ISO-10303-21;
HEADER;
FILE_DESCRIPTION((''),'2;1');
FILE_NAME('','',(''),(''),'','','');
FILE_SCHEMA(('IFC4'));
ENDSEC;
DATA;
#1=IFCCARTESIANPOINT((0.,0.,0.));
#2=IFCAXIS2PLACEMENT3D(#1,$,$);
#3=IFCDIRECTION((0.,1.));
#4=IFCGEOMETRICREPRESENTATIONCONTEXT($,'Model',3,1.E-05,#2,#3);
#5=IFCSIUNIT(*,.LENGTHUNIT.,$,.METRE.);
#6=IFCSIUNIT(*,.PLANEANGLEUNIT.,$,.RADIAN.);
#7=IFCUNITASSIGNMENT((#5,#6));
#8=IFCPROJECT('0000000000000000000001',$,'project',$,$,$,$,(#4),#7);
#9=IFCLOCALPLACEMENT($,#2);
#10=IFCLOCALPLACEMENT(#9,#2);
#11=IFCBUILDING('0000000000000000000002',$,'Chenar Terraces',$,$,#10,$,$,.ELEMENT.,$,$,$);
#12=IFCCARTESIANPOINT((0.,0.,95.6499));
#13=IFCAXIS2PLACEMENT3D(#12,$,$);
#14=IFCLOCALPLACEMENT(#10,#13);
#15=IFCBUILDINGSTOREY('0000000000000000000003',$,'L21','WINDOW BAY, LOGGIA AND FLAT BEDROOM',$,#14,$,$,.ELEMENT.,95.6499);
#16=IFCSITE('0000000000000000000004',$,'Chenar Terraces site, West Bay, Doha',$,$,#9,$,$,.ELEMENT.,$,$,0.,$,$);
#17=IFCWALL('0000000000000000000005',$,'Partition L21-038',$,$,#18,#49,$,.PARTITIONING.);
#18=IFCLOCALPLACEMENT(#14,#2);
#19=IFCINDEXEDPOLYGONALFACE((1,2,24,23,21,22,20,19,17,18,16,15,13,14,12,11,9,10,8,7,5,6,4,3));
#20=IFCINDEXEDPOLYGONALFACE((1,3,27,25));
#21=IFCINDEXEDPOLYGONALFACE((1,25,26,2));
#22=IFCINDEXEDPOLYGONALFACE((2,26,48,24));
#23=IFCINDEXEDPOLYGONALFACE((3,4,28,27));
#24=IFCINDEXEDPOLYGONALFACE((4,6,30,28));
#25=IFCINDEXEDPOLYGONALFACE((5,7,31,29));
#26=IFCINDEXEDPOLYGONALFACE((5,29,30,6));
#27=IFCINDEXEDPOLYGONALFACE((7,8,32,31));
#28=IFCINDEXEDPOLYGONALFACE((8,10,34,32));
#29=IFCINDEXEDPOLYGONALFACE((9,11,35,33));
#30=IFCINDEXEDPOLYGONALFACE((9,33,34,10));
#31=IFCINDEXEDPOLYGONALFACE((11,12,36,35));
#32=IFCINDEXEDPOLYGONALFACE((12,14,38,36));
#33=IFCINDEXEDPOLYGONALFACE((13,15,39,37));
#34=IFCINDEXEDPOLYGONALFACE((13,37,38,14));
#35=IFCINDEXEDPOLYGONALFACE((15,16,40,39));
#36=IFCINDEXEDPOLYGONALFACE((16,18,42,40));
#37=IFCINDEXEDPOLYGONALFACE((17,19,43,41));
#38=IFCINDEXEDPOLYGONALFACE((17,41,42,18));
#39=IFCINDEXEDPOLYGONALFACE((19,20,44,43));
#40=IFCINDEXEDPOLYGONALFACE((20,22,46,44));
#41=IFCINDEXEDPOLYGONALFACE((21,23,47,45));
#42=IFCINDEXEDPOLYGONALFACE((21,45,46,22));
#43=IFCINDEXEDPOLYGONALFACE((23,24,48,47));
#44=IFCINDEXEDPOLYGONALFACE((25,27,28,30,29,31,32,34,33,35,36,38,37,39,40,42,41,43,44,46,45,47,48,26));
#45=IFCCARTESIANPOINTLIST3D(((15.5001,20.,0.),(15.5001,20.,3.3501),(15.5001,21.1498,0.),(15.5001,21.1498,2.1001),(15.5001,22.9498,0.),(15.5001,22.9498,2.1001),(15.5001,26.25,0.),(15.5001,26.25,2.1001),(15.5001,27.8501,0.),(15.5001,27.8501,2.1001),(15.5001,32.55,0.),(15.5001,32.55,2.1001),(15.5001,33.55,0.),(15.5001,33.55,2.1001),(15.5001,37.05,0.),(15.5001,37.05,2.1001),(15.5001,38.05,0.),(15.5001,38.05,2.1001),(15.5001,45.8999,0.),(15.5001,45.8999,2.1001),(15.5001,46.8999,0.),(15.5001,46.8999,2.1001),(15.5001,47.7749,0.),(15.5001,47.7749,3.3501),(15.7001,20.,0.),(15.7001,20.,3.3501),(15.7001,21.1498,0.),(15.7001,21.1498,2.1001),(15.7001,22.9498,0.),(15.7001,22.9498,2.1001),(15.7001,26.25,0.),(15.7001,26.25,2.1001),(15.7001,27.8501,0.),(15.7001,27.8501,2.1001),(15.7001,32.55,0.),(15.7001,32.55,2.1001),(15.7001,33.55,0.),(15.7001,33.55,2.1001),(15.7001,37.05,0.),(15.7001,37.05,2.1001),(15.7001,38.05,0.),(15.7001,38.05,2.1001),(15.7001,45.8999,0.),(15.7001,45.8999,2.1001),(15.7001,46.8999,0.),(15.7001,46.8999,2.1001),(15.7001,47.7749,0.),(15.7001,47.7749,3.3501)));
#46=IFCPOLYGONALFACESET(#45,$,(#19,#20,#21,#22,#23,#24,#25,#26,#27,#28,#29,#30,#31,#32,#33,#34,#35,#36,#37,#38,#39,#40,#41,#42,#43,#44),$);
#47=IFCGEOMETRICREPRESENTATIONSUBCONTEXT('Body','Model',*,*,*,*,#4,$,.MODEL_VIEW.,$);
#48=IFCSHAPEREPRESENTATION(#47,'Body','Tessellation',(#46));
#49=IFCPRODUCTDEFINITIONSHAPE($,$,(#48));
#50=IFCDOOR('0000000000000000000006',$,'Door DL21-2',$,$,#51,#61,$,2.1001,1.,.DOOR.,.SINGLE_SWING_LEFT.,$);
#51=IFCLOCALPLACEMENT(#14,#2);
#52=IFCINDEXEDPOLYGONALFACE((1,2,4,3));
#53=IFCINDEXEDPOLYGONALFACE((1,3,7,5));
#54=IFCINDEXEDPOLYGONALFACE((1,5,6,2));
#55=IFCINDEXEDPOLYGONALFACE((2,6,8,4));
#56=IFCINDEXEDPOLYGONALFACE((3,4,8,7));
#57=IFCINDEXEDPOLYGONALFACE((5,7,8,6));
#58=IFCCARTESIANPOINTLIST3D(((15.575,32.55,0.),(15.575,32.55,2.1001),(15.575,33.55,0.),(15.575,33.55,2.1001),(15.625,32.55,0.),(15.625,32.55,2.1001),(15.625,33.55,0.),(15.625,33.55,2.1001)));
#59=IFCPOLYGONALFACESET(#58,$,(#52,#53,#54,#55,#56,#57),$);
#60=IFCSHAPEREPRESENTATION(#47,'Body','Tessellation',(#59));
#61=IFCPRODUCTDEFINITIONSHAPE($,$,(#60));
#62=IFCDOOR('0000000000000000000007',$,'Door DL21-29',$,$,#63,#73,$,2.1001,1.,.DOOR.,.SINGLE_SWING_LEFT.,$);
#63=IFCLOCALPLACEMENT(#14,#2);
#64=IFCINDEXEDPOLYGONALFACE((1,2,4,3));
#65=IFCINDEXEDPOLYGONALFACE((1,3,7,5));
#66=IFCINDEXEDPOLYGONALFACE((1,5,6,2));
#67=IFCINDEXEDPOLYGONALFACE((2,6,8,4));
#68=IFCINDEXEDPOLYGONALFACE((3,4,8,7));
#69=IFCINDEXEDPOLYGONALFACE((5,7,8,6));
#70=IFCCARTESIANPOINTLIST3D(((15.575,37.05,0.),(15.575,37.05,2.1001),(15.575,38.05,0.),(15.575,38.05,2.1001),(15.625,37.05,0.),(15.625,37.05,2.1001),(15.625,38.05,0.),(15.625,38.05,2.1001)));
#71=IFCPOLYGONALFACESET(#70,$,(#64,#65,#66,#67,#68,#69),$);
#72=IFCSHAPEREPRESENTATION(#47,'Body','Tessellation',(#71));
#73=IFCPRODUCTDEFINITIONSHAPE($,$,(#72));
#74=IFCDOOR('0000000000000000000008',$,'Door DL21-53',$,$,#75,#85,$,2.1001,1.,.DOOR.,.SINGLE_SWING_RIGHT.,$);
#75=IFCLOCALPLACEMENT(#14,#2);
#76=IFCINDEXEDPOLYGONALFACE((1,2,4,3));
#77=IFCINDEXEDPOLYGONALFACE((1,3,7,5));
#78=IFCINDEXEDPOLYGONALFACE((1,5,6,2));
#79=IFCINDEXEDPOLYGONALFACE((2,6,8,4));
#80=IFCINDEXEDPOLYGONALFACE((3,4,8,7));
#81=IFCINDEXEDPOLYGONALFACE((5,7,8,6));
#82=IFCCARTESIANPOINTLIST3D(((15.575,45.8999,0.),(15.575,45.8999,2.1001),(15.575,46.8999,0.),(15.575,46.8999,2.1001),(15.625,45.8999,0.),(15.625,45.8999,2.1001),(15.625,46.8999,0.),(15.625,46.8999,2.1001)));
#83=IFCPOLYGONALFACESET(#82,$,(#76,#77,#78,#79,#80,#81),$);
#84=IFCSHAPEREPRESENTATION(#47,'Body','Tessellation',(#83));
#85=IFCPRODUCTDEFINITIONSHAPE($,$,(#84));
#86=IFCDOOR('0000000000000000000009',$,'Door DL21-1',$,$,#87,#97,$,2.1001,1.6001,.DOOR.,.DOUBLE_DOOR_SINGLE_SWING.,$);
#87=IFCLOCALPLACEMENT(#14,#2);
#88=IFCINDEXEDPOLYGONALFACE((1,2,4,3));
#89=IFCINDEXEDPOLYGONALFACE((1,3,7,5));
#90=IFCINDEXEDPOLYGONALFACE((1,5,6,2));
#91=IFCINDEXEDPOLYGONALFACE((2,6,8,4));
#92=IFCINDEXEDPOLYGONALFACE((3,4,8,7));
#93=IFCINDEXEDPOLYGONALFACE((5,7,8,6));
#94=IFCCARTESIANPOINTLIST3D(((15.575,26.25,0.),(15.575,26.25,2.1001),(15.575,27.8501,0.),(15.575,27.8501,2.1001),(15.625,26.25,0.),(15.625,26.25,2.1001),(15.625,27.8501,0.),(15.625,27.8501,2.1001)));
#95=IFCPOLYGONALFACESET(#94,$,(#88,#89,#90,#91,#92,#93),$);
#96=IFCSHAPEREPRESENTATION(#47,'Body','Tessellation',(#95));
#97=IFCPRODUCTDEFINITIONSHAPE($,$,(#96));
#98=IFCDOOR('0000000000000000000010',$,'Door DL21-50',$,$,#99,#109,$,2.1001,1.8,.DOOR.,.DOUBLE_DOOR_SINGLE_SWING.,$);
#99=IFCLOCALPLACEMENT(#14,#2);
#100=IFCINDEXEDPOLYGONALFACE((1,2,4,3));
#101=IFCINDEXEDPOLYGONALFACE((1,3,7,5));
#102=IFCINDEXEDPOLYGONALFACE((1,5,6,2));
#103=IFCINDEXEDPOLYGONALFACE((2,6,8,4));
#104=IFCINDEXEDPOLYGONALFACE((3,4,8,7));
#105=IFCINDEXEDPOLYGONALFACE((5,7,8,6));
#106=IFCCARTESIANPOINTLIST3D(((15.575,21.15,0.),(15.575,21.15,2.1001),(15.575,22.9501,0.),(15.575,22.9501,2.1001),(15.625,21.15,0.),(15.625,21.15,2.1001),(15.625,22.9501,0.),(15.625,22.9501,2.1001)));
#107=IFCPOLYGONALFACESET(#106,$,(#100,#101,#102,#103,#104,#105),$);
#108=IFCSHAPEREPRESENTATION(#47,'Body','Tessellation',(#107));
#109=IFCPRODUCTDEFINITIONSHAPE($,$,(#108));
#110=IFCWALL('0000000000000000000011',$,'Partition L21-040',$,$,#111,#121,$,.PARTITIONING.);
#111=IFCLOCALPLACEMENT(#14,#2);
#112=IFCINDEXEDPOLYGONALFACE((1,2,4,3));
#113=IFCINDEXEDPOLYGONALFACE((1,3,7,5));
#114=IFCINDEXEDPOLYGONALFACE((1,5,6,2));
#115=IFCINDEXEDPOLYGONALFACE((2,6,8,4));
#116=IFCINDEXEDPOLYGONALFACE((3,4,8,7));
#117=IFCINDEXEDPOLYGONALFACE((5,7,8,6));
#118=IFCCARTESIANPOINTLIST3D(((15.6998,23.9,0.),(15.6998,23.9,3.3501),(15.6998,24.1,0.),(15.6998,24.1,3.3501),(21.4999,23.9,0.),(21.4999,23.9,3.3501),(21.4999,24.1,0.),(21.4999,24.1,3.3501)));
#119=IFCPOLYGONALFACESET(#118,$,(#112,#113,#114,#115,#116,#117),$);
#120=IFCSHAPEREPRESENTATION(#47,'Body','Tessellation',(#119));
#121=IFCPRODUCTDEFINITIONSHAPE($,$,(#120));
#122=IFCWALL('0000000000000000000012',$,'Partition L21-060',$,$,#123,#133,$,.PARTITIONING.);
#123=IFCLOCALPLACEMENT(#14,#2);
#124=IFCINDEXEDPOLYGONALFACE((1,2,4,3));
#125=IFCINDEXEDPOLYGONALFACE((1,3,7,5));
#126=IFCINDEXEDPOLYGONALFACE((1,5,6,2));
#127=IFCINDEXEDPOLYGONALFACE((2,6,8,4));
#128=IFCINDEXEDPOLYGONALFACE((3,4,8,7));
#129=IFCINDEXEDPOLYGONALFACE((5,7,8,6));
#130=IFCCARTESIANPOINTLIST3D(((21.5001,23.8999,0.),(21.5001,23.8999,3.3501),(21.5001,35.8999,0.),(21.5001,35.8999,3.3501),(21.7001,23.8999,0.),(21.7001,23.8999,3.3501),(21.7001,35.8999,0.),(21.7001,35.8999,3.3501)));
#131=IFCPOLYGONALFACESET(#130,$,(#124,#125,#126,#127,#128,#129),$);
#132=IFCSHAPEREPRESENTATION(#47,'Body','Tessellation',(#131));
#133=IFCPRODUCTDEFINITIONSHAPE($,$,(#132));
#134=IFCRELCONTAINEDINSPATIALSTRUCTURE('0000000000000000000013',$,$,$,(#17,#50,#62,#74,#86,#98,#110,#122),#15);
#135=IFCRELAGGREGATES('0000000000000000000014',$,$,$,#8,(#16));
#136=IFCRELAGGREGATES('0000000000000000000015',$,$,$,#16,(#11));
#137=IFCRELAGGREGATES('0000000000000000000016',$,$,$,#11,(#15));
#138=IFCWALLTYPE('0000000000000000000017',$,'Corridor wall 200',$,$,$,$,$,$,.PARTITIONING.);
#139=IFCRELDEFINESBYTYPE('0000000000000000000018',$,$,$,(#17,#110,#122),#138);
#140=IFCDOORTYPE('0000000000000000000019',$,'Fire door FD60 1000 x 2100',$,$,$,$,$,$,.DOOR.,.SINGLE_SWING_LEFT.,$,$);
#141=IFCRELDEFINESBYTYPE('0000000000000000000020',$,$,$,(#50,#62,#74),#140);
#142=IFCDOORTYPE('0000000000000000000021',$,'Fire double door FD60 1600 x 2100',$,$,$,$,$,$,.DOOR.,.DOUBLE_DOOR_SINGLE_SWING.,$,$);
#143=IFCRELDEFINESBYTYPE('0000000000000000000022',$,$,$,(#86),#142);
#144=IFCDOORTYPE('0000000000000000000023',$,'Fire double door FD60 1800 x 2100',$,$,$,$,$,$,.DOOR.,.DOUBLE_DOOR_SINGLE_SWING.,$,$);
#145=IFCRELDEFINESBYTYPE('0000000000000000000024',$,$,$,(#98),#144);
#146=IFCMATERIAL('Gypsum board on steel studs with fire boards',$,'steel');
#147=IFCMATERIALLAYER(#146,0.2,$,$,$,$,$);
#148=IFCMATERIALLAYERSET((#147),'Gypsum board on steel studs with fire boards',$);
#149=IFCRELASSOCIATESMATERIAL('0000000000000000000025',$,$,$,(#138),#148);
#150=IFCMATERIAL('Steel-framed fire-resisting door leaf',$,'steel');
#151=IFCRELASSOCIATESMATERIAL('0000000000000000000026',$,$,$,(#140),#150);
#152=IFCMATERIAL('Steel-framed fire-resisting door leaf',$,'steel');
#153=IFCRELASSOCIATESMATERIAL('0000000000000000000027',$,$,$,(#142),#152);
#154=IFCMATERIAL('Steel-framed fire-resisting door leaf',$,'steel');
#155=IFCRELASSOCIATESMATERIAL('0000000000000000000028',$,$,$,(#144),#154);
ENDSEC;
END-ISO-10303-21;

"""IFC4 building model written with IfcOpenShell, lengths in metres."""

from ifc_helpers import new_model, si_unit, direction, frame, frame_2d, origin, place, context, subcontext, project, spatial, rectangle, extrude, material, layer, layer_set, type_object, element, fill, save


model = new_model("IFC4")

# Units and contexts
model_context = context("Model", 3, precision=1e-05, world=origin(), true_north=direction((0.0, 1.0)))
body_context = subcontext(model_context, "Body", "Model", "MODEL_VIEW")
ifc_project = project(units=[si_unit("LENGTHUNIT", "METRE"), si_unit("PLANEANGLEUNIT", "RADIAN")], contexts=[model_context])

# Site, building, storey
site_placement = place(None, origin())
site = spatial("IfcSite", under=ifc_project, at=site_placement, Name="Chenar Terraces site, West Bay, Doha", CompositionType="ELEMENT", RefElevation=0.0)
building_placement = place(site_placement, origin())
building = spatial("IfcBuilding", under=site, at=building_placement, Name="Chenar Terraces", CompositionType="ELEMENT")
storey_placement = place(building_placement, frame((0.0, 0.0, 95.6499)))
storey = spatial("IfcBuildingStorey", under=building, at=storey_placement, Name="L21", Description="WINDOW BAY, LOGGIA AND FLAT BEDROOM", CompositionType="ELEMENT", Elevation=95.6499)

# Wall, openings, doors
ifc_material_1 = material(Name="Gypsum board on steel studs with fire boards", Category="steel")
ifc_layer_1 = layer(ifc_material_1, 0.2)
ifc_layer_set_1 = layer_set([ifc_layer_1], Name="Gypsum board on steel studs with fire boards")
wall_type_1 = type_object("IfcWallType", Name="Corridor wall 200", PredefinedType="PARTITIONING", material=ifc_layer_set_1)
wall_1_placement = place(storey_placement, frame((15.6001, 20.0, 0.0), z_axis=(0.0, 0.0, 1.0), x_axis=(0.0, 1.0, 0.0)))
wall_1 = element("IfcWall", 1, at=wall_1_placement, inside=storey, type_object=wall_type_1, Name="Partition L21-038", PredefinedType="PARTITIONING", context=body_context, shape_type="SweptSolid", body=[
    extrude(rectangle(XDim=27.7749, YDim=0.2, at=frame_2d((13.8875, 0.0))), origin(), (0.0, 0.0, 1.0), 3.3501),
])
opening_1_placement = place(wall_1_placement, frame((6.25, 0.0, 0.0)))
opening_1 = element("IfcOpeningElement", 2, at=opening_1_placement, cuts=wall_1, PredefinedType="OPENING", context=body_context, shape_type="SweptSolid", body=[
    extrude(rectangle(XDim=1.6001, YDim=2.1001, at=frame_2d((0.8, 1.05))), frame((0.0, 0.1099, 0.0), z_axis=(0.0, -1.0, 0.0), x_axis=(1.0, 0.0, 0.0)), (0.0, 0.0, 1.0), 0.22),
])
opening_2_placement = place(wall_1_placement, frame((12.55, 0.0, 0.0)))
opening_2 = element("IfcOpeningElement", 3, at=opening_2_placement, cuts=wall_1, PredefinedType="OPENING", context=body_context, shape_type="SweptSolid", body=[
    extrude(rectangle(XDim=1.0, YDim=2.1001, at=frame_2d((0.5, 1.05))), frame((0.0, 0.1099, 0.0), z_axis=(0.0, -1.0, 0.0), x_axis=(1.0, 0.0, 0.0)), (0.0, 0.0, 1.0), 0.22),
])
opening_3_placement = place(wall_1_placement, frame((17.05, 0.0, 0.0)))
opening_3 = element("IfcOpeningElement", 4, at=opening_3_placement, cuts=wall_1, PredefinedType="OPENING", context=body_context, shape_type="SweptSolid", body=[
    extrude(rectangle(XDim=1.0, YDim=2.1001, at=frame_2d((0.5, 1.05))), frame((0.0, 0.1099, 0.0), z_axis=(0.0, -1.0, 0.0), x_axis=(1.0, 0.0, 0.0)), (0.0, 0.0, 1.0), 0.22),
])
opening_4_placement = place(wall_1_placement, frame((1.1499, 0.0, 0.0)))
opening_4 = element("IfcOpeningElement", 5, at=opening_4_placement, cuts=wall_1, PredefinedType="OPENING", context=body_context, shape_type="SweptSolid", body=[
    extrude(rectangle(XDim=1.8, YDim=2.1001, at=frame_2d((0.8999, 1.05))), frame((0.0, 0.1099, 0.0), z_axis=(0.0, -1.0, 0.0), x_axis=(1.0, 0.0, 0.0)), (0.0, 0.0, 1.0), 0.22),
])
opening_5_placement = place(wall_1_placement, frame((25.8999, 0.0, 0.0)))
opening_5 = element("IfcOpeningElement", 6, at=opening_5_placement, cuts=wall_1, PredefinedType="OPENING", context=body_context, shape_type="SweptSolid", body=[
    extrude(rectangle(XDim=1.0, YDim=2.1001, at=frame_2d((0.5, 1.05))), frame((0.0, 0.1099, 0.0), z_axis=(0.0, -1.0, 0.0), x_axis=(1.0, 0.0, 0.0)), (0.0, 0.0, 1.0), 0.22),
])
ifc_material_2 = material(Name="Steel-framed fire-resisting door leaf", Category="steel")
door_type_1 = type_object("IfcDoorType", Name="Fire door FD60 1000 x 2100", OperationType="SINGLE_SWING_LEFT", PredefinedType="DOOR", material=ifc_material_2)
door_1_placement = place(opening_2_placement, frame((1.0, 0.0, 0.0), z_axis=(0.0, 0.0, 1.0), x_axis=(-1.0, 0.0, 0.0)))
door_1 = element("IfcDoor", 7, at=door_1_placement, inside=storey, type_object=door_type_1, Name="Door DL21-2", OperationType="SINGLE_SWING_LEFT", OverallHeight=2.1001, OverallWidth=1.0, PredefinedType="DOOR", context=body_context, shape_type="SweptSolid", body=[
    extrude(rectangle(XDim=1.0, YDim=2.1001, at=frame_2d((0.5, 1.05))), frame((0.0, 0.0249, 0.0), z_axis=(0.0, -1.0, 0.0), x_axis=(1.0, 0.0, 0.0)), (0.0, 0.0, 1.0), 0.05),
])
fill(opening_2, door_1)
door_2_placement = place(opening_3_placement, frame((1.0, 0.0, 0.0), z_axis=(0.0, 0.0, 1.0), x_axis=(-1.0, 0.0, 0.0)))
door_2 = element("IfcDoor", 8, at=door_2_placement, inside=storey, type_object=door_type_1, Name="Door DL21-29", OperationType="SINGLE_SWING_LEFT", OverallHeight=2.1001, OverallWidth=1.0, PredefinedType="DOOR", context=body_context, shape_type="SweptSolid", body=[
    extrude(rectangle(XDim=1.0, YDim=2.1001, at=frame_2d((0.5, 1.05))), frame((0.0, 0.0249, 0.0), z_axis=(0.0, -1.0, 0.0), x_axis=(1.0, 0.0, 0.0)), (0.0, 0.0, 1.0), 0.05),
])
fill(opening_3, door_2)
door_3_placement = place(opening_5_placement, frame((1.0, 0.0, 0.0), z_axis=(0.0, 0.0, 1.0), x_axis=(-1.0, 0.0, 0.0)))
door_3 = element("IfcDoor", 9, at=door_3_placement, inside=storey, type_object=door_type_1, Name="Door DL21-53", OperationType="SINGLE_SWING_RIGHT", OverallHeight=2.1001, OverallWidth=1.0, PredefinedType="DOOR", context=body_context, shape_type="SweptSolid", body=[
    extrude(rectangle(XDim=1.0, YDim=2.1001, at=frame_2d((0.5, 1.05))), frame((0.0, 0.0249, 0.0), z_axis=(0.0, -1.0, 0.0), x_axis=(1.0, 0.0, 0.0)), (0.0, 0.0, 1.0), 0.05),
])
fill(opening_5, door_3)
ifc_material_3 = material(Name="Steel-framed fire-resisting door leaf", Category="steel")
door_type_2 = type_object("IfcDoorType", Name="Fire double door FD60 1600 x 2100", OperationType="DOUBLE_DOOR_SINGLE_SWING", PredefinedType="DOOR", material=ifc_material_3)
door_4_placement = place(opening_1_placement, frame((1.6001, 0.0, 0.0), z_axis=(0.0, 0.0, 1.0), x_axis=(-1.0, 0.0, 0.0)))
door_4 = element("IfcDoor", 10, at=door_4_placement, inside=storey, type_object=door_type_2, Name="Door DL21-1", OperationType="DOUBLE_DOOR_SINGLE_SWING", OverallHeight=2.1001, OverallWidth=1.6001, PredefinedType="DOOR", context=body_context, shape_type="SweptSolid", body=[
    extrude(rectangle(XDim=1.6001, YDim=2.1001, at=frame_2d((0.8, 1.05))), frame((0.0, 0.0249, 0.0), z_axis=(0.0, -1.0, 0.0), x_axis=(1.0, 0.0, 0.0)), (0.0, 0.0, 1.0), 0.05),
])
fill(opening_1, door_4)
ifc_material_4 = material(Name="Steel-framed fire-resisting door leaf", Category="steel")
door_type_3 = type_object("IfcDoorType", Name="Fire double door FD60 1800 x 2100", OperationType="DOUBLE_DOOR_SINGLE_SWING", PredefinedType="DOOR", material=ifc_material_4)
door_5_placement = place(opening_4_placement, frame((1.8, 0.0, 0.0), z_axis=(0.0, 0.0, 1.0), x_axis=(-1.0, 0.0, 0.0)))
door_5 = element("IfcDoor", 11, at=door_5_placement, inside=storey, type_object=door_type_3, Name="Door DL21-50", OperationType="DOUBLE_DOOR_SINGLE_SWING", OverallHeight=2.1001, OverallWidth=1.8, PredefinedType="DOOR", context=body_context, shape_type="SweptSolid", body=[
    extrude(rectangle(XDim=1.8, YDim=2.1001, at=frame_2d((0.8999, 1.05))), frame((0.0, 0.0249, 0.0), z_axis=(0.0, -1.0, 0.0), x_axis=(1.0, 0.0, 0.0)), (0.0, 0.0, 1.0), 0.05),
])
fill(opening_4, door_5)

# Walls
wall_2_placement = place(storey_placement, frame((15.7, 24.0, 0.0), z_axis=(0.0, 0.0, 1.0), x_axis=(1.0, 0.0, 0.0)))
element("IfcWall", 12, at=wall_2_placement, inside=storey, type_object=wall_type_1, Name="Partition L21-040", PredefinedType="PARTITIONING", context=body_context, shape_type="SweptSolid", body=[
    extrude(rectangle(XDim=5.8, YDim=0.2, at=frame_2d((2.8999, 0.0))), origin(), (0.0, 0.0, 1.0), 3.3501),
])
wall_3_placement = place(storey_placement, frame((21.6001, 23.8999, 0.0), z_axis=(0.0, 0.0, 1.0), x_axis=(0.0, 1.0, 0.0)))
element("IfcWall", 13, at=wall_3_placement, inside=storey, type_object=wall_type_1, Name="Partition L21-060", PredefinedType="PARTITIONING", context=body_context, shape_type="SweptSolid", body=[
    extrude(rectangle(XDim=12.0, YDim=0.2, at=frame_2d((6.0, 0.0))), origin(), (0.0, 0.0, 1.0), 3.3501),
])

save(model, "model.ifc")
